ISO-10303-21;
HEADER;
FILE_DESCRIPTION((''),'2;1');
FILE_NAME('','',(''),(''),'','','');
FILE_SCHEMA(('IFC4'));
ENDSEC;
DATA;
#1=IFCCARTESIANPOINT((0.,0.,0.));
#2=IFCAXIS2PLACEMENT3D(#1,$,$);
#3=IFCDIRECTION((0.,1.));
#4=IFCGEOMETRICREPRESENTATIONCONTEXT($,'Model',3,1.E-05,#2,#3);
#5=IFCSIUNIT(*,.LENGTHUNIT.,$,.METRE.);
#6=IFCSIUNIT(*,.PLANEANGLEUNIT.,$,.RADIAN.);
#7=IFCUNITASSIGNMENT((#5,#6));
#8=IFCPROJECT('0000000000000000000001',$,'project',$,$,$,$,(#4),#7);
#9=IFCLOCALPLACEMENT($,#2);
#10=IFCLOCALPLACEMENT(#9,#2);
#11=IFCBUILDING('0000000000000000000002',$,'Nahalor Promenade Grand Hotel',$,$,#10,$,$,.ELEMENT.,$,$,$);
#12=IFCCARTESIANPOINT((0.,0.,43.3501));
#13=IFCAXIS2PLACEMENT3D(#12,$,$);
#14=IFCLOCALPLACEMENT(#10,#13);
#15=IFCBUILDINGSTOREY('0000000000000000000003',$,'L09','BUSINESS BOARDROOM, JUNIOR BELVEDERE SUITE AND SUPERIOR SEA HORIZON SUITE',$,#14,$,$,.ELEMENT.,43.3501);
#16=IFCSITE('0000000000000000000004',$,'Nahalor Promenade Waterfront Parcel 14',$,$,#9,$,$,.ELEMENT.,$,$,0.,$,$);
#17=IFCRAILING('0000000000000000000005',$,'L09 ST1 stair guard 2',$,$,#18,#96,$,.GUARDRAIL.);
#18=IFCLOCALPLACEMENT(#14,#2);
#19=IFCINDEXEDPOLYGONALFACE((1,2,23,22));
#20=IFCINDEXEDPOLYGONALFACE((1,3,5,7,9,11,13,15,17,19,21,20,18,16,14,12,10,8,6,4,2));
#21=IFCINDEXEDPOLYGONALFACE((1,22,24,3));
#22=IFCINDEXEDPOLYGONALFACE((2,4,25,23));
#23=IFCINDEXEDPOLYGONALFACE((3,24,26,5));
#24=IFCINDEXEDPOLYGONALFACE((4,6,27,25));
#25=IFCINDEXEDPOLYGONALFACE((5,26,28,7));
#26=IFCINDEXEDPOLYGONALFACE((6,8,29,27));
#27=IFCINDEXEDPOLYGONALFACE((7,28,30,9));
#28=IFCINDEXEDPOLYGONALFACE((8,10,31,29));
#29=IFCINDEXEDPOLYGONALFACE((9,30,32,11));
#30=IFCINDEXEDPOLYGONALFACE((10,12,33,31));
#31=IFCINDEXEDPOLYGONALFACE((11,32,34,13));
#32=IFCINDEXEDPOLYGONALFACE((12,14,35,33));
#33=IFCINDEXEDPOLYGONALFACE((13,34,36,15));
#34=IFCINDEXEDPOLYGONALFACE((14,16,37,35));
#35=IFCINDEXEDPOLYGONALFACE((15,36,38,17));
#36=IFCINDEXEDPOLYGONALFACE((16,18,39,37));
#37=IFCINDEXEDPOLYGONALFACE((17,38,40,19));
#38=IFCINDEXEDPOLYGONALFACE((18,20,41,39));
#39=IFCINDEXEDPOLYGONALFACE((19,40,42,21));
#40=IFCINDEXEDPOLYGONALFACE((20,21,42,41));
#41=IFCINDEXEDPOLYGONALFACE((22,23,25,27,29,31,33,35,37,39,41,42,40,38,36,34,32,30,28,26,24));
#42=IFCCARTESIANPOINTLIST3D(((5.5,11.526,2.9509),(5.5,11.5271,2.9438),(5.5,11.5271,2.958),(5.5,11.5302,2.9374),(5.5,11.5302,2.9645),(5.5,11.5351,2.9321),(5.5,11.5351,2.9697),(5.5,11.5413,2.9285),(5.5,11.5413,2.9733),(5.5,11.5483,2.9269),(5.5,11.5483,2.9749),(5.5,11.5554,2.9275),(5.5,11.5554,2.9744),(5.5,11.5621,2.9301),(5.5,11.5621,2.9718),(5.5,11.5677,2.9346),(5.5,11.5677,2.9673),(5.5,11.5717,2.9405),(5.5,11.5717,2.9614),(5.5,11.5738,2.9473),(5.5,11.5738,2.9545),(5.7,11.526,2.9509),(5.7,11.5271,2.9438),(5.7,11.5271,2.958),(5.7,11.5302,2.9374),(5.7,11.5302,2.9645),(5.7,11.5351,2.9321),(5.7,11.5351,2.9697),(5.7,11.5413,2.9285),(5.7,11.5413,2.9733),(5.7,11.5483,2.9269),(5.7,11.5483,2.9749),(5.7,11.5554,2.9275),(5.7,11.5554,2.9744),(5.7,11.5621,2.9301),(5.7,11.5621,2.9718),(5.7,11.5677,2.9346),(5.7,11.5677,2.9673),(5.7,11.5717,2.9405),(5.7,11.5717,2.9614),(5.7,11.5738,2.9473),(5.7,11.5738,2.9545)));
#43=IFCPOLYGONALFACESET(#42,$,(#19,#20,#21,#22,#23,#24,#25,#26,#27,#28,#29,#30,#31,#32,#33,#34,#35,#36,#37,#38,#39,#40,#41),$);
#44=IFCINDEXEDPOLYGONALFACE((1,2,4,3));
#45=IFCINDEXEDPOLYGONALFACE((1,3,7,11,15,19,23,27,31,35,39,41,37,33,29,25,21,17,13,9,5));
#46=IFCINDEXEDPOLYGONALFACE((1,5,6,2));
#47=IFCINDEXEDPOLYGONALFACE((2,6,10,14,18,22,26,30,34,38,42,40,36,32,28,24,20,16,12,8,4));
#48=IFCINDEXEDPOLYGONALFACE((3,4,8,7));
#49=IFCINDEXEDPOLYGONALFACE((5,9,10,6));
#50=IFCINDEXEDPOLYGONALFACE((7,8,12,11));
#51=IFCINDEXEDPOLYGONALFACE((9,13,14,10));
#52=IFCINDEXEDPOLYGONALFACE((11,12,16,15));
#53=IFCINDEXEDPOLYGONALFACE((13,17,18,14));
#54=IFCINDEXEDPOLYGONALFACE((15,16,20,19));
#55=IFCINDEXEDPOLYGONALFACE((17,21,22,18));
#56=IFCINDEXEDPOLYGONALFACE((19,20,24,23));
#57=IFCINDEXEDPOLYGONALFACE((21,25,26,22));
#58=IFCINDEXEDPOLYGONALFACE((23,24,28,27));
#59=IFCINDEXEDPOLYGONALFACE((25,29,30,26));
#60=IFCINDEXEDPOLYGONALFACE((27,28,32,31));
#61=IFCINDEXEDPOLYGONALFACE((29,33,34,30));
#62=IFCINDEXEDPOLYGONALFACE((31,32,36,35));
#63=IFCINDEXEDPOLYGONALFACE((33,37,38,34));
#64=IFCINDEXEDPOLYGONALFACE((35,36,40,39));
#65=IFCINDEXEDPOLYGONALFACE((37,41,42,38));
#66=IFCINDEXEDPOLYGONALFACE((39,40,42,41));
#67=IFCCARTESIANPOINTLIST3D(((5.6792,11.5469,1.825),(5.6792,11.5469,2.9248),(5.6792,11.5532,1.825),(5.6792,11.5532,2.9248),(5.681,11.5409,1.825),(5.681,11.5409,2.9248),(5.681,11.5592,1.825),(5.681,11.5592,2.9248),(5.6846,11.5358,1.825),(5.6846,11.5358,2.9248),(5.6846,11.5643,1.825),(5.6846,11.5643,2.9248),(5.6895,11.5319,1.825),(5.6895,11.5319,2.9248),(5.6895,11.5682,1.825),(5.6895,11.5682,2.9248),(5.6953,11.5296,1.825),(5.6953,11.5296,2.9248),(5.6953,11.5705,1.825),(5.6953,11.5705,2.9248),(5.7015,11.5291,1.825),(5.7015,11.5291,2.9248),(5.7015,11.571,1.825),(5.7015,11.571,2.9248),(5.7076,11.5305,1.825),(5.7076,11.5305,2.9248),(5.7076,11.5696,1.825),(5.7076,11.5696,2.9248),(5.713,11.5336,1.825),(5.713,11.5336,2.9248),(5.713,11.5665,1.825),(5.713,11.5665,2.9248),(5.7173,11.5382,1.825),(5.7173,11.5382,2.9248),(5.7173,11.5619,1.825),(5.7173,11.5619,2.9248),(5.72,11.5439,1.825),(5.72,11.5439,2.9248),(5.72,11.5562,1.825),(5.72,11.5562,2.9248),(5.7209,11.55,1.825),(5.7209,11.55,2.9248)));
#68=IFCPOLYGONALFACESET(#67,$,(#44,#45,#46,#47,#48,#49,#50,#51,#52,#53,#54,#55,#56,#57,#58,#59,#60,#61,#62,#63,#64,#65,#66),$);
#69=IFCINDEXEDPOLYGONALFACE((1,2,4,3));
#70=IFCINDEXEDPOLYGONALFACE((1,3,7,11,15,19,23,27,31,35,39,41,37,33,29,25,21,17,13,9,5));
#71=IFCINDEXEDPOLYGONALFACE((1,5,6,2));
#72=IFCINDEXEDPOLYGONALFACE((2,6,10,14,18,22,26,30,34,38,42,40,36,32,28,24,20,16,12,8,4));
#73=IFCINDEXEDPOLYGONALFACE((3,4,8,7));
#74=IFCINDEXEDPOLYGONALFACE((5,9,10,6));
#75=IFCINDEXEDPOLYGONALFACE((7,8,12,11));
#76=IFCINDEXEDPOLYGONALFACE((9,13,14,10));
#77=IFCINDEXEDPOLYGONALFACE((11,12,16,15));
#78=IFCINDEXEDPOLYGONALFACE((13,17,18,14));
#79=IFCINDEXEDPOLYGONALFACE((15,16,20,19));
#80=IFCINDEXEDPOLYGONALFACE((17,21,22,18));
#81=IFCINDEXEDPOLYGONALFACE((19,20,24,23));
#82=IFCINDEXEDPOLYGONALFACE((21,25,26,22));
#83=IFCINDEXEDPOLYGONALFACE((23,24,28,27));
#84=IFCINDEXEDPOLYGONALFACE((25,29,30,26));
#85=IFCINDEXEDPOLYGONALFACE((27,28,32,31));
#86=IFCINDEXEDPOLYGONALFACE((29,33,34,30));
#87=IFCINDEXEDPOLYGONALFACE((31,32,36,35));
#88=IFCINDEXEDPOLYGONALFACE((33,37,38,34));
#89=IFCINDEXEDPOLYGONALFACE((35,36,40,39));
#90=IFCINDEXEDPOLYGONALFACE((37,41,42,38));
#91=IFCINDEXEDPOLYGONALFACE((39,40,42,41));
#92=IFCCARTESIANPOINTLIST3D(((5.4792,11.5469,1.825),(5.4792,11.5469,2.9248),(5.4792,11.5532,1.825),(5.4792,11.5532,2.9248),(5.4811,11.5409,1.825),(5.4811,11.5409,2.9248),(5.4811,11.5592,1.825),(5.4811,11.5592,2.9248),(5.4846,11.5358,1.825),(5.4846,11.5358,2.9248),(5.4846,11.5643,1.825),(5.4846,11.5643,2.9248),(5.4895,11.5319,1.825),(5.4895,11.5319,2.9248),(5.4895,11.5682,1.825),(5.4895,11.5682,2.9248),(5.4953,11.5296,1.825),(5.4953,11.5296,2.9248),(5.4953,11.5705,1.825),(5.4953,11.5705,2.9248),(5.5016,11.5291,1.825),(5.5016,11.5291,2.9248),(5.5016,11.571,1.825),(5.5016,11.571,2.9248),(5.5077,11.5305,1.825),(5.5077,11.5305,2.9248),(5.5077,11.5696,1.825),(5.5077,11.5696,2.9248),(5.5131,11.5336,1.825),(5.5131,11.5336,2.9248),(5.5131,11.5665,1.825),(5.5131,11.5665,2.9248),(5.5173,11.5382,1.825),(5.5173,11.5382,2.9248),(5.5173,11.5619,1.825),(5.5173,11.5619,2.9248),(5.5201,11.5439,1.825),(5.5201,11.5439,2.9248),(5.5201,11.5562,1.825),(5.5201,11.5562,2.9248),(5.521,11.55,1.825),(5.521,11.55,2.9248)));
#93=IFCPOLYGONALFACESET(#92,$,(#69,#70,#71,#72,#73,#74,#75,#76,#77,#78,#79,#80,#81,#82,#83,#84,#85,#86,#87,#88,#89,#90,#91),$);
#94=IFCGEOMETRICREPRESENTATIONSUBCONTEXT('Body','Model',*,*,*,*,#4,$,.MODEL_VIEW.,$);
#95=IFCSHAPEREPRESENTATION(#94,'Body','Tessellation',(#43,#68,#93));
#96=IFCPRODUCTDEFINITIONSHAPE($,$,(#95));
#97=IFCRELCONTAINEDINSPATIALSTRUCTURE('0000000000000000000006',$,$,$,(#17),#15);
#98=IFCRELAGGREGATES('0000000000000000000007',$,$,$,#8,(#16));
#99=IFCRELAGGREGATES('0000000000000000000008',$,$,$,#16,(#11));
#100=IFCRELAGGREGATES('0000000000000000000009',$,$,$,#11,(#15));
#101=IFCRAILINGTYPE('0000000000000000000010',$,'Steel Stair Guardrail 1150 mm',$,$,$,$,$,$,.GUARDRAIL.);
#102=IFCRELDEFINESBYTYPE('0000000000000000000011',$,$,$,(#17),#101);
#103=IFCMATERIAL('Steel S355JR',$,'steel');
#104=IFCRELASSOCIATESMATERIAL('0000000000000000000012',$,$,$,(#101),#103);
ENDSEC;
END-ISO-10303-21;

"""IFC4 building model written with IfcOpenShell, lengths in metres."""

from ifc_helpers import new_model, si_unit, direction, frame, origin, origin_2d, place, context, subcontext, project, spatial, circle, extrude, material, type_object, element, save


model = new_model("IFC4")

# Units and contexts
model_context = context("Model", 3, precision=1e-05, world=origin(), true_north=direction((0.0, 1.0)))
body_context = subcontext(model_context, "Body", "Model", "MODEL_VIEW")
ifc_project = project(units=[si_unit("LENGTHUNIT", "METRE"), si_unit("PLANEANGLEUNIT", "RADIAN")], contexts=[model_context])

# Site, building, storey
site_placement = place(None, origin())
site = spatial("IfcSite", under=ifc_project, at=site_placement, Name="Nahalor Promenade Waterfront Parcel 14", CompositionType="ELEMENT", RefElevation=0.0)
building_placement = place(site_placement, origin())
building = spatial("IfcBuilding", under=site, at=building_placement, Name="Nahalor Promenade Grand Hotel", CompositionType="ELEMENT")
storey_placement = place(building_placement, frame((0.0, 0.0, 43.3501)))
storey = spatial("IfcBuildingStorey", under=building, at=storey_placement, Name="L09", Description="BUSINESS BOARDROOM, JUNIOR BELVEDERE SUITE AND SUPERIOR SEA HORIZON SUITE", CompositionType="ELEMENT", Elevation=43.3501)

# Shared definitions
ifc_material_1 = material(Name="Steel S355JR", Category="steel")

# Railing
railing_type_1 = type_object("IfcRailingType", Name="Steel Stair Guardrail 1150 mm", PredefinedType="GUARDRAIL", material=ifc_material_1)
railing_1_placement = place(storey_placement, frame((5.7, 11.55, 1.825)))
element("IfcRailing", 1, at=railing_1_placement, inside=storey, type_object=railing_type_1, Name="L09 ST1 stair guard 2", PredefinedType="GUARDRAIL", context=body_context, shape_type="SweptSolid", body=[
    extrude(circle(Radius=0.024, at=origin_2d()), frame((0.0, 0.0, 1.126), z_axis=(-1.0, 0.0, 0.0), x_axis=(0.0, -1.0, 0.0)), (0.0, 0.0, 1.0), 0.2),
    extrude(circle(Radius=0.021, at=origin_2d()), origin(), (0.0, 0.0, 1.0), 1.0999),
    extrude(circle(Radius=0.021, at=origin_2d()), frame((-0.2, 0.0, 0.0)), (0.0, 0.0, 1.0), 1.0999),
])

save(model, "model.ifc")
